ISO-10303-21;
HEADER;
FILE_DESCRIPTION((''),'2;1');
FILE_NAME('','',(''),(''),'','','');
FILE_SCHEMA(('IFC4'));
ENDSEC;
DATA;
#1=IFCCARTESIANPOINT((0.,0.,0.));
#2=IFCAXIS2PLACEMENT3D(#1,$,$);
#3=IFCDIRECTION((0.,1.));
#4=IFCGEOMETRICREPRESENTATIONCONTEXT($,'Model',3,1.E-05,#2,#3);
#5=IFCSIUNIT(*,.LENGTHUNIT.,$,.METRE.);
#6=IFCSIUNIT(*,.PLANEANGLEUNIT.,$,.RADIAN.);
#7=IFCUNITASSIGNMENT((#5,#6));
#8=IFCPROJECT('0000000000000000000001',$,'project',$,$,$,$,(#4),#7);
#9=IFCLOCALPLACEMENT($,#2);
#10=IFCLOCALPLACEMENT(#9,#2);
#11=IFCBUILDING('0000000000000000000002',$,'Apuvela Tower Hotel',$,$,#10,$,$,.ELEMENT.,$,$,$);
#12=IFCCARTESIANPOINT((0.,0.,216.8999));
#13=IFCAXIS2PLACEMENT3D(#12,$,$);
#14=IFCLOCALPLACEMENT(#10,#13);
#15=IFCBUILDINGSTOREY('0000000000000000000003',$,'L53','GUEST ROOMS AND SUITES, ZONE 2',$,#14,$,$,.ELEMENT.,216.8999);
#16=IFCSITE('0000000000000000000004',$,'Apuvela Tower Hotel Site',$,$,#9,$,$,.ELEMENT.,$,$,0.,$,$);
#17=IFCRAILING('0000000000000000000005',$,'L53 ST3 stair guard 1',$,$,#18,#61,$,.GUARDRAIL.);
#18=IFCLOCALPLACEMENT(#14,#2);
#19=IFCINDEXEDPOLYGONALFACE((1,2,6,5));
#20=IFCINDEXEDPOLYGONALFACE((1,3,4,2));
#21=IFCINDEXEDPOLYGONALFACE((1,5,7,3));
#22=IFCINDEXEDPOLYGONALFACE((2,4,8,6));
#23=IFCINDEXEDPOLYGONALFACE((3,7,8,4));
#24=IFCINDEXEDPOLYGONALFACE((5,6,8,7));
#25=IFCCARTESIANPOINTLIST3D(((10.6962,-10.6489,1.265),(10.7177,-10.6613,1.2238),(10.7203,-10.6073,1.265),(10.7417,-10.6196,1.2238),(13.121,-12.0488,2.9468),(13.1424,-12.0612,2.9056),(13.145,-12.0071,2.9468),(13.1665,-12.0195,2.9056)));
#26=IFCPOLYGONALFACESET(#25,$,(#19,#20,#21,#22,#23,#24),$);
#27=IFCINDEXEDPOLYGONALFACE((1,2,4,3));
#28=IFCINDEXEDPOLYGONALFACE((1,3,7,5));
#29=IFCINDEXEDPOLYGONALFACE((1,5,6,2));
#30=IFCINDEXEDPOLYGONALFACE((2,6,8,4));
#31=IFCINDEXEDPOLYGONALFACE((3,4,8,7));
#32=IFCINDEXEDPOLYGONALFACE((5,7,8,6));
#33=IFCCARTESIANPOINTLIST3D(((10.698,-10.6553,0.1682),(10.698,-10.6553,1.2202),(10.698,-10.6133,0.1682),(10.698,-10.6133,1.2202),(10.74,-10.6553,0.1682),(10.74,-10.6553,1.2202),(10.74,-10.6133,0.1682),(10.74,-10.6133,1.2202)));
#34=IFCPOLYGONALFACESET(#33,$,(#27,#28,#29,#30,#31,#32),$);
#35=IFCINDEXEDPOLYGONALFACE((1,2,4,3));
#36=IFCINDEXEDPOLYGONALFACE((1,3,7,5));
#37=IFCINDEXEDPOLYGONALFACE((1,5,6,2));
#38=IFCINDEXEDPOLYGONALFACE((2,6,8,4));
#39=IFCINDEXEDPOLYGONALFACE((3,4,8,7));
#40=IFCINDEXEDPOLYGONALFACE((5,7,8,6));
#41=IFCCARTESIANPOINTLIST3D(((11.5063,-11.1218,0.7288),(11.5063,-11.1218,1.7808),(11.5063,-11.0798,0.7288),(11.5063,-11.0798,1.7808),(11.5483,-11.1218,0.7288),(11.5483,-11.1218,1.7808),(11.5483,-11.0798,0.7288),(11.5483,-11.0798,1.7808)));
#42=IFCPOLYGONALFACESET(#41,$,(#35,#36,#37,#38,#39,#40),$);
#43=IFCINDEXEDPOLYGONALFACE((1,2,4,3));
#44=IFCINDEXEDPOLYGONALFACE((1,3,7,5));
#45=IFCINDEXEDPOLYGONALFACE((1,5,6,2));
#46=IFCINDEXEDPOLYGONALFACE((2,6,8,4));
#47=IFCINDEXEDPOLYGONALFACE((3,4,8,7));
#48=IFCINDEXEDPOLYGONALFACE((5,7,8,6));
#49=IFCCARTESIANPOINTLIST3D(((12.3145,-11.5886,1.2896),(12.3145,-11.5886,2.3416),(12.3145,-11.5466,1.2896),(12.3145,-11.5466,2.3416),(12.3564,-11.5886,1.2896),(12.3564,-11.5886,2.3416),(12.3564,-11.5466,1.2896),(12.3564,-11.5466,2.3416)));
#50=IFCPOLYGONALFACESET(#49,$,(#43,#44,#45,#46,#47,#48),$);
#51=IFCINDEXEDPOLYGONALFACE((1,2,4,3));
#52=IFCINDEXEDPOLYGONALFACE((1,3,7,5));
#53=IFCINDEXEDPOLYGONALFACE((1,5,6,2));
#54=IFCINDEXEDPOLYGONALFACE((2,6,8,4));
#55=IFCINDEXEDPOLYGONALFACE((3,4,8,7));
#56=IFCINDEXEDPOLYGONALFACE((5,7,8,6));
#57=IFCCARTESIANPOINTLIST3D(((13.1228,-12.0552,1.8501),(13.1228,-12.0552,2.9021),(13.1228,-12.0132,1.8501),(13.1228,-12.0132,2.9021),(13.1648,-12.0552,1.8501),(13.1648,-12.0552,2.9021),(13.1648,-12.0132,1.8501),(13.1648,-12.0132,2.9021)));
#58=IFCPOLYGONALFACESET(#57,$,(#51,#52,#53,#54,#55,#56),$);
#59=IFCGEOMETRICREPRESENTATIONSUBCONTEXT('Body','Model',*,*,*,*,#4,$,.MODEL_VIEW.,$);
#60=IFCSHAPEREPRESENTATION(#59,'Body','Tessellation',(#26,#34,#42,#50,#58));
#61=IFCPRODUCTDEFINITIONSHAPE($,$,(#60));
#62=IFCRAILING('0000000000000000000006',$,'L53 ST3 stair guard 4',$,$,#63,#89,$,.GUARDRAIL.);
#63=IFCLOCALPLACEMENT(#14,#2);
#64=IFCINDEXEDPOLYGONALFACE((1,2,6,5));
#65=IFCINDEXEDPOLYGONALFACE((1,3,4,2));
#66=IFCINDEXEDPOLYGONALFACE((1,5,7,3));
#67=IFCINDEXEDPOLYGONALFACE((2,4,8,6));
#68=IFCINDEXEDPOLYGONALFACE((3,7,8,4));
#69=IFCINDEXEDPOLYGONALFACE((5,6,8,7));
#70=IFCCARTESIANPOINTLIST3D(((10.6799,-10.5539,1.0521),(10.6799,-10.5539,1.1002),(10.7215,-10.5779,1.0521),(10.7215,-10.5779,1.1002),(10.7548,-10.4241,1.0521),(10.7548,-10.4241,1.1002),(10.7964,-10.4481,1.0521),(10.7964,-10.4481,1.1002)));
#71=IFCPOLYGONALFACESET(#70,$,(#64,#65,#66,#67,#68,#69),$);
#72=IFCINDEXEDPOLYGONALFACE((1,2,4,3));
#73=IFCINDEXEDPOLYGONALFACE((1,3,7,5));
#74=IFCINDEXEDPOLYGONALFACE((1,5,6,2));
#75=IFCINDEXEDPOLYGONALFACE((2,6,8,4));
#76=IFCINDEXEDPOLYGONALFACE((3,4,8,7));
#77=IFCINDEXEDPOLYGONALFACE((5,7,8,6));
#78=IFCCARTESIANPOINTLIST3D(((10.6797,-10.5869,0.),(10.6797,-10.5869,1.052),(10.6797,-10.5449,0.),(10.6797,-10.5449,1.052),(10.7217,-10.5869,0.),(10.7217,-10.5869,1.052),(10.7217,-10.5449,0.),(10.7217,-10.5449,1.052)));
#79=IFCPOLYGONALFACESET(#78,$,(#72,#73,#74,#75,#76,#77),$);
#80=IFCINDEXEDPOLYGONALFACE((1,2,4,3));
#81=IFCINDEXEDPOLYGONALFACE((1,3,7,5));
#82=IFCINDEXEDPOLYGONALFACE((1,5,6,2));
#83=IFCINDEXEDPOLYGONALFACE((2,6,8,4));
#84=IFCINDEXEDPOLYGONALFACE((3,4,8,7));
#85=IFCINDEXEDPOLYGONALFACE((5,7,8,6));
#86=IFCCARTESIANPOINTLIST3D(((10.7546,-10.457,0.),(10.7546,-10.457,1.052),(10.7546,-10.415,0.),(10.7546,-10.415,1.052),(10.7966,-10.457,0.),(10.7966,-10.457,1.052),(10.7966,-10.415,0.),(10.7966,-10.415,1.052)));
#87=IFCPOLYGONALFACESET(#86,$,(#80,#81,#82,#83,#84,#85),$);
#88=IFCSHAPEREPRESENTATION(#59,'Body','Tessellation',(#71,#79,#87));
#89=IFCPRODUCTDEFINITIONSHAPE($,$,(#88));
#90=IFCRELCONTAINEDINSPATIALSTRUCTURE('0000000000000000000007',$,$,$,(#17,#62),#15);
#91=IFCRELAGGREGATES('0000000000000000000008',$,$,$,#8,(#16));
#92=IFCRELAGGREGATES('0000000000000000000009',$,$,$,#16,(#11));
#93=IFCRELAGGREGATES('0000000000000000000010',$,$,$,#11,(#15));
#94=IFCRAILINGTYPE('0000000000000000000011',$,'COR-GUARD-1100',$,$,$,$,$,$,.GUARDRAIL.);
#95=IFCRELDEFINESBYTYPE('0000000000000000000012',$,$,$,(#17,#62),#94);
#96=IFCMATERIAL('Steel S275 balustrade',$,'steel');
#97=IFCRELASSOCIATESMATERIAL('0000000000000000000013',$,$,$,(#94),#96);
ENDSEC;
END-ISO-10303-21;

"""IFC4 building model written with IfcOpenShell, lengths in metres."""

from ifc_helpers import new_model, si_unit, direction, frame, origin, origin_2d, place, context, subcontext, project, spatial, rectangle, extrude, material, type_object, element, save


model = new_model("IFC4")

# Units and contexts
model_context = context("Model", 3, precision=1e-05, world=origin(), true_north=direction((0.0, 1.0)))
body_context = subcontext(model_context, "Body", "Model", "MODEL_VIEW")
ifc_project = project(units=[si_unit("LENGTHUNIT", "METRE"), si_unit("PLANEANGLEUNIT", "RADIAN")], contexts=[model_context])

# Site, building, storey
site_placement = place(None, origin())
site = spatial("IfcSite", under=ifc_project, at=site_placement, Name="Apuvela Tower Hotel Site", CompositionType="ELEMENT", RefElevation=0.0)
building_placement = place(site_placement, origin())
building = spatial("IfcBuilding", under=site, at=building_placement, Name="Apuvela Tower Hotel", CompositionType="ELEMENT")
storey_placement = place(building_placement, frame((0.0, 0.0, 216.8999)))
storey = spatial("IfcBuildingStorey", under=building, at=storey_placement, Name="L53", Description="GUEST ROOMS AND SUITES, ZONE 2", CompositionType="ELEMENT", Elevation=216.8999)

# Railings
ifc_material_1 = material(Name="Steel S275 balustrade", Category="steel")
railing_type_1 = type_object("IfcRailingType", Name="COR-GUARD-1100", PredefinedType="GUARDRAIL", material=ifc_material_1)
railing_1_placement = place(storey_placement, frame((10.719, -10.6343, 0.1682)))
element("IfcRailing", 1, at=railing_1_placement, inside=storey, type_object=railing_type_1, Name="L53 ST3 stair guard 1", PredefinedType="GUARDRAIL", context=body_context, shape_type="SweptSolid", body=[
    extrude(rectangle(XDim=0.0481, YDim=0.0481, at=origin_2d()), frame((0.0, 0.0, 1.0762), z_axis=(0.74239, -0.428601, 0.514934), x_axis=(0.499984, 0.866035, 0.0)), (0.0, 0.0, 1.0), 3.2661),
    extrude(rectangle(XDim=0.042, YDim=0.042, at=origin_2d()), origin(), (0.0, 0.0, 1.0), 1.052),
    extrude(rectangle(XDim=0.042, YDim=0.042, at=origin_2d()), frame((0.8083, -0.4666, 0.5605)), (0.0, 0.0, 1.0), 1.052),
    extrude(rectangle(XDim=0.042, YDim=0.042, at=origin_2d()), frame((1.6165, -0.9333, 1.1213)), (0.0, 0.0, 1.0), 1.052),
    extrude(rectangle(XDim=0.042, YDim=0.042, at=origin_2d()), frame((2.4248, -1.3999, 1.6819)), (0.0, 0.0, 1.0), 1.052),
])
railing_2_placement = place(storey_placement, frame((10.7007, -10.5659, 0.0)))
element("IfcRailing", 2, at=railing_2_placement, inside=storey, type_object=railing_type_1, Name="L53 ST3 stair guard 4", PredefinedType="GUARDRAIL", context=body_context, shape_type="SweptSolid", body=[
    extrude(rectangle(XDim=0.0481, YDim=0.0481, at=origin_2d()), frame((0.0, 0.0, 1.0762), z_axis=(0.499816, 0.866131, 0.0), x_axis=(-0.866131, 0.499816, 0.0)), (0.0, 0.0, 1.0), 0.1499),
    extrude(rectangle(XDim=0.042, YDim=0.042, at=origin_2d()), origin(), (0.0, 0.0, 1.0), 1.052),
    extrude(rectangle(XDim=0.042, YDim=0.042, at=origin_2d()), frame((0.075, 0.1299, 0.0)), (0.0, 0.0, 1.0), 1.052),
])

save(model, "model.ifc")
